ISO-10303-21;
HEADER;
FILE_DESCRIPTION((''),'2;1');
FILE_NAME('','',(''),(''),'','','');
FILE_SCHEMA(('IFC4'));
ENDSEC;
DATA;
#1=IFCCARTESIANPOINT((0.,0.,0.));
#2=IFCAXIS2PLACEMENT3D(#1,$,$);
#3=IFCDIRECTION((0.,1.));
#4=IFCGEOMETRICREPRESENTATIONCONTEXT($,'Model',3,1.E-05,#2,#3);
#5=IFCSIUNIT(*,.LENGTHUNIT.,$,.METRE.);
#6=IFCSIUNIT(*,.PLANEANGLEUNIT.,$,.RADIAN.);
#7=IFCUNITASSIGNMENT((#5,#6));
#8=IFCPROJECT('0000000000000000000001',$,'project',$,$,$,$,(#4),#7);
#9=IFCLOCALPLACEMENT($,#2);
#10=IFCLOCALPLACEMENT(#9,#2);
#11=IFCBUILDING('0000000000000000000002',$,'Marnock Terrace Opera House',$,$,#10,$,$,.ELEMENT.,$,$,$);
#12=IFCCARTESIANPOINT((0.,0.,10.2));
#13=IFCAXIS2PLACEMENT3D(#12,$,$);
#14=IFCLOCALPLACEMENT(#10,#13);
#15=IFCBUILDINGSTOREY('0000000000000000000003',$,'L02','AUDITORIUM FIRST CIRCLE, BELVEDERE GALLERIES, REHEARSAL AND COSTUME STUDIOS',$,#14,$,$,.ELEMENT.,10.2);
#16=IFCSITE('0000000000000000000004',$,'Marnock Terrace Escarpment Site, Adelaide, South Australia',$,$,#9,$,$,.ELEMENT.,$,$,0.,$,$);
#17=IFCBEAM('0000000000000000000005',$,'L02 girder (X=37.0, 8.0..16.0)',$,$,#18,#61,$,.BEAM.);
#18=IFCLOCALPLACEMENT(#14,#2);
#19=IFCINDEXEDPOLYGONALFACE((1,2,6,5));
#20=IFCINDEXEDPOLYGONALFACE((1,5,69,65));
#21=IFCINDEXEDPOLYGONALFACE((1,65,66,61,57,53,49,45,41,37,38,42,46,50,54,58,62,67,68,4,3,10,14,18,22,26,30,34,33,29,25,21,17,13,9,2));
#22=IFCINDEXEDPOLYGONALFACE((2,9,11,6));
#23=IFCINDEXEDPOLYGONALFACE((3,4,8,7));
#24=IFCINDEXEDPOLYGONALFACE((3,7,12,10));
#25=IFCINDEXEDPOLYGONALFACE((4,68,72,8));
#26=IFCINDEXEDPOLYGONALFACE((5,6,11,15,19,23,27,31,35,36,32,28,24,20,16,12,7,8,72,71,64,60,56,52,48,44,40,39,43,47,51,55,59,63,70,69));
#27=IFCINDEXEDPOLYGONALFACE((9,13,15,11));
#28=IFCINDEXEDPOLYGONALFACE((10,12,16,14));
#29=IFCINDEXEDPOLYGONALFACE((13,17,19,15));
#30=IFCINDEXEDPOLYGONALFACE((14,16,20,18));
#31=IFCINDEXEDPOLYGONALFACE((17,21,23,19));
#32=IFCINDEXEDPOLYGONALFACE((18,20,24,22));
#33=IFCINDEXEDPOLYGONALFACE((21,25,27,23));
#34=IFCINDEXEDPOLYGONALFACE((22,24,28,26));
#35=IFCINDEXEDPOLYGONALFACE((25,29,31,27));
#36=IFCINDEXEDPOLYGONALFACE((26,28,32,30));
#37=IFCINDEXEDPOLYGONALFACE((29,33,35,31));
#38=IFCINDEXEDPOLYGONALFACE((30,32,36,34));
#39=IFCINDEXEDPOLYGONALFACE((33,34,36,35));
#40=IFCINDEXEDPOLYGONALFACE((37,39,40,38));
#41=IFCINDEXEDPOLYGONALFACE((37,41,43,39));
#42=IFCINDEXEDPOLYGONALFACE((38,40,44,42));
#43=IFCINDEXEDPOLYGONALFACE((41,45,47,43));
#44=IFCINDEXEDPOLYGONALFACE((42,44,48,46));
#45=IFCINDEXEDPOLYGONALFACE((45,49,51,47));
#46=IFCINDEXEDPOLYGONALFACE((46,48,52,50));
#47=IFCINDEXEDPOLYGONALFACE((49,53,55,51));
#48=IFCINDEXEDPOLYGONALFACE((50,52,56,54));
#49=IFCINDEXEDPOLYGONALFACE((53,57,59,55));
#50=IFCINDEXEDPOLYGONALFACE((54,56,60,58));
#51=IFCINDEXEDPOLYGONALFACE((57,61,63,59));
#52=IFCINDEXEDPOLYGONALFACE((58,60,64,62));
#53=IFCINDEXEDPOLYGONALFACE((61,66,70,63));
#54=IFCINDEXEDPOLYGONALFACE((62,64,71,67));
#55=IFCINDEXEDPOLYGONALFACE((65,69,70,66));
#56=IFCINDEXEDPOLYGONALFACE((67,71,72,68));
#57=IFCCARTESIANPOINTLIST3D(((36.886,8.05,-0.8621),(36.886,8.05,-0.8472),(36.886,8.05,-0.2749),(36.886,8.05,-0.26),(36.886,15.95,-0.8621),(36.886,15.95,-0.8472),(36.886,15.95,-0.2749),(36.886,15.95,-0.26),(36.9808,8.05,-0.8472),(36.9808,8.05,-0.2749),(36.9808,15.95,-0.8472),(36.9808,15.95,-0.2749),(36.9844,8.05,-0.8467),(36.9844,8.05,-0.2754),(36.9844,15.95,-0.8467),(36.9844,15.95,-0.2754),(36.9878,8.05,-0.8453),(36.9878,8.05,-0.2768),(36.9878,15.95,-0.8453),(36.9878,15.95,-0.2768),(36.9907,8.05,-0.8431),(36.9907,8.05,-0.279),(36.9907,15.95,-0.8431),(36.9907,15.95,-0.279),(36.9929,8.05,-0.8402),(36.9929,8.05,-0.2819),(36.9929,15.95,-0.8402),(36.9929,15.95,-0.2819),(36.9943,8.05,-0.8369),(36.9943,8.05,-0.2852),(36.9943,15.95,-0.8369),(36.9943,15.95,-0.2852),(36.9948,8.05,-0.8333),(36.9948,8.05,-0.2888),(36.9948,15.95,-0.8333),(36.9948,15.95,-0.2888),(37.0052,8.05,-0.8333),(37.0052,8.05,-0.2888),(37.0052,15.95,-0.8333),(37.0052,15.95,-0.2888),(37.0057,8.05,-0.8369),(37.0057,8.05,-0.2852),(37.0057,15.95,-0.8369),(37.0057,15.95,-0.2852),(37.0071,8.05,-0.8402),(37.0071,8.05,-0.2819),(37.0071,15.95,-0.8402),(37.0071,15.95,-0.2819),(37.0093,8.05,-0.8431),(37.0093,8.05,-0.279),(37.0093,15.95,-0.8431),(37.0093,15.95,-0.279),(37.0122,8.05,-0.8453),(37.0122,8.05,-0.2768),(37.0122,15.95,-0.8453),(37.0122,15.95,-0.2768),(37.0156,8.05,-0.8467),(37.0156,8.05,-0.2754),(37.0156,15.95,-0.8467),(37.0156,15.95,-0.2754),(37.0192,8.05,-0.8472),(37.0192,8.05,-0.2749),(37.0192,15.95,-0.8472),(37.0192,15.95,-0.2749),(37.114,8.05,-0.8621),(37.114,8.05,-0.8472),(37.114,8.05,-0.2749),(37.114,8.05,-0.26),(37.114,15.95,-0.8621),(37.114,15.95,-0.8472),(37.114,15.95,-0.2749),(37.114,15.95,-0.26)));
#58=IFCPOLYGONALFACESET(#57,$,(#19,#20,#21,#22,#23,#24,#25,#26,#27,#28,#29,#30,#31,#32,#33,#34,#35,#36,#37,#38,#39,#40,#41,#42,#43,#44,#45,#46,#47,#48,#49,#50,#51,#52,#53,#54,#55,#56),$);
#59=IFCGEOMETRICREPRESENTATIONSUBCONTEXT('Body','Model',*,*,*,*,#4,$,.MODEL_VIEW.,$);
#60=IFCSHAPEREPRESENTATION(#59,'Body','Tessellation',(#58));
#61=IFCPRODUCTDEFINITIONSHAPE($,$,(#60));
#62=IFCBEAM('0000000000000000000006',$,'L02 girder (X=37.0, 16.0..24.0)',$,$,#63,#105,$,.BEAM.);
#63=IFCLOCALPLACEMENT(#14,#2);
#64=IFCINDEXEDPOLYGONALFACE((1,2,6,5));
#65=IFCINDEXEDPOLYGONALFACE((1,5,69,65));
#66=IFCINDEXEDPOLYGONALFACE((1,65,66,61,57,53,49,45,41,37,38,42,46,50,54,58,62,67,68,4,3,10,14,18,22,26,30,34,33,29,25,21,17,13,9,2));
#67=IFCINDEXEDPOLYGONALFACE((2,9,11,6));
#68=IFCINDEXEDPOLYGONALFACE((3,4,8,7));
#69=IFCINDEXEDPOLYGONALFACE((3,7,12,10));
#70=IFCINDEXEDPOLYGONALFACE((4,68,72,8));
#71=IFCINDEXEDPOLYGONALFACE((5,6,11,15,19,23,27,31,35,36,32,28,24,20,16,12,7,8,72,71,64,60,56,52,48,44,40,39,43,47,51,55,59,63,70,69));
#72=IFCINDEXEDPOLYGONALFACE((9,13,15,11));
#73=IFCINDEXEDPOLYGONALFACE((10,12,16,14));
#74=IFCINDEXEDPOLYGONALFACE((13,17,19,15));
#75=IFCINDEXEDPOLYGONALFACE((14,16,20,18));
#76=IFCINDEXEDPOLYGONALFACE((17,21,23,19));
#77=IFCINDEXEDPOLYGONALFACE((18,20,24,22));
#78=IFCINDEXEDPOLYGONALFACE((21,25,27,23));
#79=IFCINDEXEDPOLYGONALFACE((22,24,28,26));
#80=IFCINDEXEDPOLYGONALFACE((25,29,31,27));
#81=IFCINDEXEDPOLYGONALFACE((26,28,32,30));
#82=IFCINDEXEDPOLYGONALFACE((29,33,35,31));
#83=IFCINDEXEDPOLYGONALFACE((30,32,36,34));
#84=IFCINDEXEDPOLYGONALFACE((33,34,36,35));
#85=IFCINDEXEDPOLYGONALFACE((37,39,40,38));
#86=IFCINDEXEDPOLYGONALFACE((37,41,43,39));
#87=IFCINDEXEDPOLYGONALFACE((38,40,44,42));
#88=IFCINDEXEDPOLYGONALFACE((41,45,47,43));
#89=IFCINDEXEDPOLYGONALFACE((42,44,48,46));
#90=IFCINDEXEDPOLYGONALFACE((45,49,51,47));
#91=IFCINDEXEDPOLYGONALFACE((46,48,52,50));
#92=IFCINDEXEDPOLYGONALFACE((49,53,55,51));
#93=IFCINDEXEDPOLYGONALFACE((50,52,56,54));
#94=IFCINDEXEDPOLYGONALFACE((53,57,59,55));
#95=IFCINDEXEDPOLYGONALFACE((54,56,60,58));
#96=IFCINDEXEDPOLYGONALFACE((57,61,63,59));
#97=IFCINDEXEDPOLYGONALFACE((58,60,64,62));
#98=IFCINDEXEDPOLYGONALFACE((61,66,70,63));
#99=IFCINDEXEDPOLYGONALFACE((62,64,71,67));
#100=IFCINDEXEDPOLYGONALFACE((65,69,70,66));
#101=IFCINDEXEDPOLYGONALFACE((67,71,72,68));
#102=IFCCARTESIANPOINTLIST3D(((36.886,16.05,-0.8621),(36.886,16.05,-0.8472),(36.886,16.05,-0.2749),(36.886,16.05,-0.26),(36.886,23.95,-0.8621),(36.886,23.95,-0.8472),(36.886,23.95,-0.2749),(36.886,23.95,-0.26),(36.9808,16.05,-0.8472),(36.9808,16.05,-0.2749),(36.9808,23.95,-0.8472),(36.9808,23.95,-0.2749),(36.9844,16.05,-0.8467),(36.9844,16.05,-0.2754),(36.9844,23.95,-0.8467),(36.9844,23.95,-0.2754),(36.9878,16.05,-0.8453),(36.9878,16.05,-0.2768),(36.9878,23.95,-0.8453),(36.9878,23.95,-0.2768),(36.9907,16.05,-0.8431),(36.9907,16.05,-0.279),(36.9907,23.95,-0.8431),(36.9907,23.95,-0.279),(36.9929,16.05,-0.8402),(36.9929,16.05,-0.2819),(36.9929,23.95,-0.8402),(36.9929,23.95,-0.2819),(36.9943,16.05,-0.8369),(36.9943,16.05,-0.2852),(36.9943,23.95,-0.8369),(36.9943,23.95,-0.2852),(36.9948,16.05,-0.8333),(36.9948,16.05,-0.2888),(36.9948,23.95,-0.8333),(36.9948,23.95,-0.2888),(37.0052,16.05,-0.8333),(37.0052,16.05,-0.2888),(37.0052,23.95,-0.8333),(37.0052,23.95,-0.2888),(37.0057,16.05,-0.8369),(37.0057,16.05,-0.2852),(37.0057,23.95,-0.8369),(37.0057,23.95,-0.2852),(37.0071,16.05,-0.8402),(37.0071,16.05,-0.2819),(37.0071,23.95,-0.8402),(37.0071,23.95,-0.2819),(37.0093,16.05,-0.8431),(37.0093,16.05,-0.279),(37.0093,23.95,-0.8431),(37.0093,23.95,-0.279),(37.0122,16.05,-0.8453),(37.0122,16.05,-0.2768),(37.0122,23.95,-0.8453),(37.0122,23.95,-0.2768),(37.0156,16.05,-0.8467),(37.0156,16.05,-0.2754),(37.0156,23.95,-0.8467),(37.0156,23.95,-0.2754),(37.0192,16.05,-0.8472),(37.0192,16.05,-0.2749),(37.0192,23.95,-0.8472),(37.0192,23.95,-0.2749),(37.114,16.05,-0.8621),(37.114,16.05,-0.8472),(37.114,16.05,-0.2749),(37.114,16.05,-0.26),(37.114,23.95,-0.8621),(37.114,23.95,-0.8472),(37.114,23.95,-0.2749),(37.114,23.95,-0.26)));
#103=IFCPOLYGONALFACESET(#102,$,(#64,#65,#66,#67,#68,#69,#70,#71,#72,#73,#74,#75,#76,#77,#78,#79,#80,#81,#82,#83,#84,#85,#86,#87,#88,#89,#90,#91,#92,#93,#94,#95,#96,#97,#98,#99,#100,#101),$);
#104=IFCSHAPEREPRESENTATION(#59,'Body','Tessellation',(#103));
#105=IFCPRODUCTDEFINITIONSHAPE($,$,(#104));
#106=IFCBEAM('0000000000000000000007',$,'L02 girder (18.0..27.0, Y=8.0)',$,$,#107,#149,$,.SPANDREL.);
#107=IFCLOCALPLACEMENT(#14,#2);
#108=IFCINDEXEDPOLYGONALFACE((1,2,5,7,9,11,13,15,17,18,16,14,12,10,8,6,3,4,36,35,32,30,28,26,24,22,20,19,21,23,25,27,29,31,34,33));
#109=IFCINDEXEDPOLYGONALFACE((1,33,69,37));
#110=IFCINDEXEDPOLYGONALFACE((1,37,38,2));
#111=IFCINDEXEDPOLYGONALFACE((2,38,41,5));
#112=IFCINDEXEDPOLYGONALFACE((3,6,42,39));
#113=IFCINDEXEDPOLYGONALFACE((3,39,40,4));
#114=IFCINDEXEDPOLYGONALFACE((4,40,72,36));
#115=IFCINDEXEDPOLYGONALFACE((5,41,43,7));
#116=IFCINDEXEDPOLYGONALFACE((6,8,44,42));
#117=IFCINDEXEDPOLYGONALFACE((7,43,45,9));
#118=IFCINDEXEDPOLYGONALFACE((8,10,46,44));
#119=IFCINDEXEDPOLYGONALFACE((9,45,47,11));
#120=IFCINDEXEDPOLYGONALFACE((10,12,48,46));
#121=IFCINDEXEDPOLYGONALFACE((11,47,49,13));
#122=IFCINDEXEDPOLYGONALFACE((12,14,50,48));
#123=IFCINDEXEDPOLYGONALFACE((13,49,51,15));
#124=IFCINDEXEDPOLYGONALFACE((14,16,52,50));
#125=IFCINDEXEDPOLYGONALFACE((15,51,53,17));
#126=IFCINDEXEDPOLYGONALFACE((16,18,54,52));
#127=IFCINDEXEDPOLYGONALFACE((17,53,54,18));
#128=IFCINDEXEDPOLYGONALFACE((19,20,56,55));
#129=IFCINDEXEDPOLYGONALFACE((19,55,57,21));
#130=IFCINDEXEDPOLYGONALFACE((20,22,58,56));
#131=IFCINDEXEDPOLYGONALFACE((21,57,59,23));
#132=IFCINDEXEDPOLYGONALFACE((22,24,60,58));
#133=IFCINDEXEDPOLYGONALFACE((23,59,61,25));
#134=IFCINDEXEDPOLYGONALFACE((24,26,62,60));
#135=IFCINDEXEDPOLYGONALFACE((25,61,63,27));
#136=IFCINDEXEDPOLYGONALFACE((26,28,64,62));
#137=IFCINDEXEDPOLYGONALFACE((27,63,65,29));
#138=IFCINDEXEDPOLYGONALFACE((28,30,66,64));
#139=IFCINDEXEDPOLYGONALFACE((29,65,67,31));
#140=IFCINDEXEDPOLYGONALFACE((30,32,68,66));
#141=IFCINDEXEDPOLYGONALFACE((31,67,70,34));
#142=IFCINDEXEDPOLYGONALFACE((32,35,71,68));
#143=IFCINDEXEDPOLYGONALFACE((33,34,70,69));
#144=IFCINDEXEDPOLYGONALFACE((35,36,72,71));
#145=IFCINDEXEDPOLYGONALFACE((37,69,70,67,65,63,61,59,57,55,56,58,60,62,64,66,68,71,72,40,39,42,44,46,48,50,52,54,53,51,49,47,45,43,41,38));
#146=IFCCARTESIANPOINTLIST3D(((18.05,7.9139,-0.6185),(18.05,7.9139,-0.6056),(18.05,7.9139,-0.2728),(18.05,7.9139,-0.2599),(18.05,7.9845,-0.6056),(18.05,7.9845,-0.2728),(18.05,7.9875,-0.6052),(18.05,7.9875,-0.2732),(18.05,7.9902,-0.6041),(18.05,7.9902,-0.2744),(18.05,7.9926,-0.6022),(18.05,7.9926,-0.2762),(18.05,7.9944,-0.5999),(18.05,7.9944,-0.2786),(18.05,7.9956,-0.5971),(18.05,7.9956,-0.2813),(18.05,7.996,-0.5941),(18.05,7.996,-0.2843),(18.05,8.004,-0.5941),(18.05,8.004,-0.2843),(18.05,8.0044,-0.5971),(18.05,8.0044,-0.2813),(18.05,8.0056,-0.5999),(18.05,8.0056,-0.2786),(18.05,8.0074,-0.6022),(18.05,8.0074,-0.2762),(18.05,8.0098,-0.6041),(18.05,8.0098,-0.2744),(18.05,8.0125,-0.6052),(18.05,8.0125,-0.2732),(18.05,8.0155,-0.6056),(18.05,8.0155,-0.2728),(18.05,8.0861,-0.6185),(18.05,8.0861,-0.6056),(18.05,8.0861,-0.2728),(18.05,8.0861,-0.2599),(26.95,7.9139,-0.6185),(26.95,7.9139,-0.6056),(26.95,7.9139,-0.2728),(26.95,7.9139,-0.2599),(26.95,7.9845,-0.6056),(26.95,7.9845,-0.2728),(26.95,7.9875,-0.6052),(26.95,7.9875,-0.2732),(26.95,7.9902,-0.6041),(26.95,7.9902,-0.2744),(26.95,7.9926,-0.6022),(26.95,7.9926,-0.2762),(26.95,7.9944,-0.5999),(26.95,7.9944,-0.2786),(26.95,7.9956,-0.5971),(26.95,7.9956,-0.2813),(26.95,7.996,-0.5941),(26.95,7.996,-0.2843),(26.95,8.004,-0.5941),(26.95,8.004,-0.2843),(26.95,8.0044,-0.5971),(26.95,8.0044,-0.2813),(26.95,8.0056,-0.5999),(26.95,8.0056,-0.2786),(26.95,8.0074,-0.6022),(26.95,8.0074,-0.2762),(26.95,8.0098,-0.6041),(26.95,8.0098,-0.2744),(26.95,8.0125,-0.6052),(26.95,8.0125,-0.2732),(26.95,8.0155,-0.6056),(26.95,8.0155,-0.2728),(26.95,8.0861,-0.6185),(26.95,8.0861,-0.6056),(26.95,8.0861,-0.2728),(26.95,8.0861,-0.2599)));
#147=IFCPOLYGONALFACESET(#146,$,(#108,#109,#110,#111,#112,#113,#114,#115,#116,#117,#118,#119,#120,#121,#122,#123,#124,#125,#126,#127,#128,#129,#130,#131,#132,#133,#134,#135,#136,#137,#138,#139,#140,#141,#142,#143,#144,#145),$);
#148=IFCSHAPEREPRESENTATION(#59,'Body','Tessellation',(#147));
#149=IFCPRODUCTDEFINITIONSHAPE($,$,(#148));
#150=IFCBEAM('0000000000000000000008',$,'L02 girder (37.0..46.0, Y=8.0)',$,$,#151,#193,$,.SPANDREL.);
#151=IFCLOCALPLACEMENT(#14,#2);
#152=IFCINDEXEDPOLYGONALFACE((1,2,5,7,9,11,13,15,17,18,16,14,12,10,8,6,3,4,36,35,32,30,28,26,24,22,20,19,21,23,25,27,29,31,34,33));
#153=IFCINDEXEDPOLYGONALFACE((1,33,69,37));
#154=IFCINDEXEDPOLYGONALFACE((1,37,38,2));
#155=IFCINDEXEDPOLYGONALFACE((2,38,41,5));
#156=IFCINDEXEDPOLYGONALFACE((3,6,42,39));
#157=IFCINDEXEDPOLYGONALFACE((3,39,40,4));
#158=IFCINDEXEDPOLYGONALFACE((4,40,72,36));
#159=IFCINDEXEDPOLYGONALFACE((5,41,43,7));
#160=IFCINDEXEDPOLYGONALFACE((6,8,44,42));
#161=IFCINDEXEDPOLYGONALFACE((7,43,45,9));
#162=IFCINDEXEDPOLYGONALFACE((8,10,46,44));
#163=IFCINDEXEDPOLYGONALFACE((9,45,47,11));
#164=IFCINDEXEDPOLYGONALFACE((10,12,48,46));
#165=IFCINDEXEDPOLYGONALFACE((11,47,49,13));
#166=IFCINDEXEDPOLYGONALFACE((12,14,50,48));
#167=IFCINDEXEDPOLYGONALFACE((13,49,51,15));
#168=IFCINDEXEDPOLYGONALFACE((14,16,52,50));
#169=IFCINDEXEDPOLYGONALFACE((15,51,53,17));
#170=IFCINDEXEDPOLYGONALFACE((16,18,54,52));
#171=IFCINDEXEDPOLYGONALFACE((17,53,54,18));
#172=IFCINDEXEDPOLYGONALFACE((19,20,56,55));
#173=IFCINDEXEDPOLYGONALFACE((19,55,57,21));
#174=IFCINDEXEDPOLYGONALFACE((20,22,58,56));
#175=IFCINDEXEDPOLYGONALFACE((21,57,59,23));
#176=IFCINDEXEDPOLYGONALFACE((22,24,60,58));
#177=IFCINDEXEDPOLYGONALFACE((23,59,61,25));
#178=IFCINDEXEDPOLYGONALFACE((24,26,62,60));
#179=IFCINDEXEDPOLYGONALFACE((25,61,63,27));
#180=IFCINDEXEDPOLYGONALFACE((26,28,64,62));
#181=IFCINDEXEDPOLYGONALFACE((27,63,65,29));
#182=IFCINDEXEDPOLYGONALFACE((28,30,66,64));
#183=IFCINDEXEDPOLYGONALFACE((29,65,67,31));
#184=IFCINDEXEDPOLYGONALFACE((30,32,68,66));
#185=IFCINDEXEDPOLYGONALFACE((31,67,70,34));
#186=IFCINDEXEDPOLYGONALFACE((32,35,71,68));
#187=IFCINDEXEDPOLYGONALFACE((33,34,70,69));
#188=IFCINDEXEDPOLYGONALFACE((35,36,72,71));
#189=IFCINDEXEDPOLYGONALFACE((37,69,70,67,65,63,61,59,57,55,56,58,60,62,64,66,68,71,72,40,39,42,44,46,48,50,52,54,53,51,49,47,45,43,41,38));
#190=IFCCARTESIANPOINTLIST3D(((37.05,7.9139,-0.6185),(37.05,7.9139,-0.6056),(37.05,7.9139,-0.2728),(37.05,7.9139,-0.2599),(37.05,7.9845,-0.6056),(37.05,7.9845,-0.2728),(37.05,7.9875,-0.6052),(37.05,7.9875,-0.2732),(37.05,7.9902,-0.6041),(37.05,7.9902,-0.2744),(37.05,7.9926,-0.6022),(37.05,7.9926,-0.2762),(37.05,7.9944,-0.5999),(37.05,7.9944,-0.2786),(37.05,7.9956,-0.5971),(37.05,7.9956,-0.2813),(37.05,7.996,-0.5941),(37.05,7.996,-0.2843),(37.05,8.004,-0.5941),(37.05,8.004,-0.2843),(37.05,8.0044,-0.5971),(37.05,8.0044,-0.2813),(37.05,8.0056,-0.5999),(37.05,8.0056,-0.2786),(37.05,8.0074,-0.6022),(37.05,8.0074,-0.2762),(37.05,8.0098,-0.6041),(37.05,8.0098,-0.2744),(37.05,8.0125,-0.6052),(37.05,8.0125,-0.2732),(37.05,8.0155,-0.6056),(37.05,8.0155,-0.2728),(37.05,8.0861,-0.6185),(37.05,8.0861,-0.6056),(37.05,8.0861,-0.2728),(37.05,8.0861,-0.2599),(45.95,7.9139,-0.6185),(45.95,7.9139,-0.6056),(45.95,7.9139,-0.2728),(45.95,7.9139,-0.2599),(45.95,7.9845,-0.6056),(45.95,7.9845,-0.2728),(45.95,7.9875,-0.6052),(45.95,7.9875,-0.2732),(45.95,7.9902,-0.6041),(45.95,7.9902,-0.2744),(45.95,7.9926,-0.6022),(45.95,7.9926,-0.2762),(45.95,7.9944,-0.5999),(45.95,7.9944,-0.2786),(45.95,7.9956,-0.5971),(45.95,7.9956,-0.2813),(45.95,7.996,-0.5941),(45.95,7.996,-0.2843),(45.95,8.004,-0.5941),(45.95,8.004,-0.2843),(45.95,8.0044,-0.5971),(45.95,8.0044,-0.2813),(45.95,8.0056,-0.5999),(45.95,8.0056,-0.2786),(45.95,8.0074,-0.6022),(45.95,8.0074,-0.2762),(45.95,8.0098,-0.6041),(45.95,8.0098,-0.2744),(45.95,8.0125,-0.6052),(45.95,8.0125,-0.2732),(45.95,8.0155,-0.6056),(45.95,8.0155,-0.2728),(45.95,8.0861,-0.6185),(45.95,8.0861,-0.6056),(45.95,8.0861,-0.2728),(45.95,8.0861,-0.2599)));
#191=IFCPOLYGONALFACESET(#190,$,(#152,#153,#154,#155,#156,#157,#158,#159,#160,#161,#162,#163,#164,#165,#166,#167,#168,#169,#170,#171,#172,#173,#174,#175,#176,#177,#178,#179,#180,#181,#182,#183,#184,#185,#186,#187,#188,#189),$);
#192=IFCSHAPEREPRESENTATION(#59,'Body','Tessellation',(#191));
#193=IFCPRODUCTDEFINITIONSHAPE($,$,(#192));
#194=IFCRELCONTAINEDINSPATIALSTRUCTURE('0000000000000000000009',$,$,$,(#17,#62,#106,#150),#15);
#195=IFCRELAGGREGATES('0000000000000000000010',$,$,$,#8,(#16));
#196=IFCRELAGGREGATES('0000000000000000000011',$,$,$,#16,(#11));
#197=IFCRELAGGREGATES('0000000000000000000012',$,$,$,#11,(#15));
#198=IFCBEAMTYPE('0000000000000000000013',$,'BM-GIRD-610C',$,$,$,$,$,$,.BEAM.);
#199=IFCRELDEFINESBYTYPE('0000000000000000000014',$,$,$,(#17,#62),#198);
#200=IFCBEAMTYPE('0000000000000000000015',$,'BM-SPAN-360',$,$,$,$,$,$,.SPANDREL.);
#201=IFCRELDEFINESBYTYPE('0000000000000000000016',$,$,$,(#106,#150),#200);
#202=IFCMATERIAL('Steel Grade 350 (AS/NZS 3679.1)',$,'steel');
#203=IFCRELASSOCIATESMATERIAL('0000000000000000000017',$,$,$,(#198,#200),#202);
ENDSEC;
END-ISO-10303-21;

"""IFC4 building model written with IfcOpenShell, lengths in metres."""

from ifc_helpers import new_model, si_unit, direction, frame, origin, origin_2d, place, context, subcontext, project, spatial, i_section, extrude, material, material_profile, profile_set, type_object, element, save


model = new_model("IFC4")

# Units and contexts
model_context = context("Model", 3, precision=1e-05, world=origin(), true_north=direction((0.0, 1.0)))
body_context = subcontext(model_context, "Body", "Model", "MODEL_VIEW")
ifc_project = project(units=[si_unit("LENGTHUNIT", "METRE"), si_unit("PLANEANGLEUNIT", "RADIAN")], contexts=[model_context])

# Site, building, storey
site_placement = place(None, origin())
site = spatial("IfcSite", under=ifc_project, at=site_placement, Name="Marnock Terrace Escarpment Site, Adelaide, South Australia", CompositionType="ELEMENT", RefElevation=0.0)
building_placement = place(site_placement, origin())
building = spatial("IfcBuilding", under=site, at=building_placement, Name="Marnock Terrace Opera House", CompositionType="ELEMENT")
storey_placement = place(building_placement, frame((0.0, 0.0, 10.2)))
storey = spatial("IfcBuildingStorey", under=building, at=storey_placement, Name="L02", Description="AUDITORIUM FIRST CIRCLE, BELVEDERE GALLERIES, REHEARSAL AND COSTUME STUDIOS", CompositionType="ELEMENT", Elevation=10.2)

# Shared definitions
ifc_material_1 = material(Name="Steel Grade 350 (AS/NZS 3679.1)", Category="steel")

# Beams
ifc_material_profile_1 = material_profile(ifc_material_1, i_section(OverallWidth=0.228, OverallDepth=0.6021, WebThickness=0.0105, FlangeThickness=0.0149, FilletRadius=0.0139, at=origin_2d()))
ifc_profile_set_1 = profile_set([ifc_material_profile_1], Name="Steel Grade 350 (AS/NZS 3679.1)")
beam_type_1 = type_object("IfcBeamType", Name="BM-GIRD-610C", PredefinedType="BEAM", material=ifc_profile_set_1)
for number, where, z_axis, x_axis, name in (
    (1, (37.0, 8.05, -0.561), (0.0, 1.0, 0.0), (-1.0, 0.0, 0.0), "L02 girder (X=37.0, 8.0..16.0)"),
    (2, (37.0, 16.05, -0.561), (0.0, 1.0, 0.0), (-1.0, 0.0, 0.0), "L02 girder (X=37.0, 16.0..24.0)"),
):
    element("IfcBeam", number, at=place(storey_placement, frame(where, z_axis=z_axis, x_axis=x_axis)), inside=storey, type_object=beam_type_1, Name=name, PredefinedType="BEAM", context=body_context, shape_type="SweptSolid", body=[
        extrude(i_section(OverallWidth=0.228, OverallDepth=0.6021, WebThickness=0.0105, FlangeThickness=0.0149, FilletRadius=0.0139, at=origin_2d()), origin(), (0.0, 0.0, 1.0), 7.8999),
    ])
ifc_material_profile_2 = material_profile(ifc_material_1, i_section(OverallWidth=0.1721, OverallDepth=0.3586, WebThickness=0.0081, FlangeThickness=0.0129, FilletRadius=0.0115, at=origin_2d()))
ifc_profile_set_2 = profile_set([ifc_material_profile_2], Name="Steel Grade 350 (AS/NZS 3679.1)")
beam_type_2 = type_object("IfcBeamType", Name="BM-SPAN-360", PredefinedType="SPANDREL", material=ifc_profile_set_2)
for number, where, z_axis, x_axis, name in (
    (3, (18.05, 8.0, -0.4392), (1.0, 0.0, 0.0), (0.0, 1.0, 0.0), "L02 girder (18.0..27.0, Y=8.0)"),
    (4, (37.05, 8.0, -0.4392), (1.0, 0.0, 0.0), (0.0, 1.0, 0.0), "L02 girder (37.0..46.0, Y=8.0)"),
):
    element("IfcBeam", number, at=place(storey_placement, frame(where, z_axis=z_axis, x_axis=x_axis)), inside=storey, type_object=beam_type_2, Name=name, PredefinedType="SPANDREL", context=body_context, shape_type="SweptSolid", body=[
        extrude(i_section(OverallWidth=0.1721, OverallDepth=0.3586, WebThickness=0.0081, FlangeThickness=0.0129, FilletRadius=0.0115, at=origin_2d()), origin(), (0.0, 0.0, 1.0), 8.8999),
    ])

save(model, "model.ifc")
